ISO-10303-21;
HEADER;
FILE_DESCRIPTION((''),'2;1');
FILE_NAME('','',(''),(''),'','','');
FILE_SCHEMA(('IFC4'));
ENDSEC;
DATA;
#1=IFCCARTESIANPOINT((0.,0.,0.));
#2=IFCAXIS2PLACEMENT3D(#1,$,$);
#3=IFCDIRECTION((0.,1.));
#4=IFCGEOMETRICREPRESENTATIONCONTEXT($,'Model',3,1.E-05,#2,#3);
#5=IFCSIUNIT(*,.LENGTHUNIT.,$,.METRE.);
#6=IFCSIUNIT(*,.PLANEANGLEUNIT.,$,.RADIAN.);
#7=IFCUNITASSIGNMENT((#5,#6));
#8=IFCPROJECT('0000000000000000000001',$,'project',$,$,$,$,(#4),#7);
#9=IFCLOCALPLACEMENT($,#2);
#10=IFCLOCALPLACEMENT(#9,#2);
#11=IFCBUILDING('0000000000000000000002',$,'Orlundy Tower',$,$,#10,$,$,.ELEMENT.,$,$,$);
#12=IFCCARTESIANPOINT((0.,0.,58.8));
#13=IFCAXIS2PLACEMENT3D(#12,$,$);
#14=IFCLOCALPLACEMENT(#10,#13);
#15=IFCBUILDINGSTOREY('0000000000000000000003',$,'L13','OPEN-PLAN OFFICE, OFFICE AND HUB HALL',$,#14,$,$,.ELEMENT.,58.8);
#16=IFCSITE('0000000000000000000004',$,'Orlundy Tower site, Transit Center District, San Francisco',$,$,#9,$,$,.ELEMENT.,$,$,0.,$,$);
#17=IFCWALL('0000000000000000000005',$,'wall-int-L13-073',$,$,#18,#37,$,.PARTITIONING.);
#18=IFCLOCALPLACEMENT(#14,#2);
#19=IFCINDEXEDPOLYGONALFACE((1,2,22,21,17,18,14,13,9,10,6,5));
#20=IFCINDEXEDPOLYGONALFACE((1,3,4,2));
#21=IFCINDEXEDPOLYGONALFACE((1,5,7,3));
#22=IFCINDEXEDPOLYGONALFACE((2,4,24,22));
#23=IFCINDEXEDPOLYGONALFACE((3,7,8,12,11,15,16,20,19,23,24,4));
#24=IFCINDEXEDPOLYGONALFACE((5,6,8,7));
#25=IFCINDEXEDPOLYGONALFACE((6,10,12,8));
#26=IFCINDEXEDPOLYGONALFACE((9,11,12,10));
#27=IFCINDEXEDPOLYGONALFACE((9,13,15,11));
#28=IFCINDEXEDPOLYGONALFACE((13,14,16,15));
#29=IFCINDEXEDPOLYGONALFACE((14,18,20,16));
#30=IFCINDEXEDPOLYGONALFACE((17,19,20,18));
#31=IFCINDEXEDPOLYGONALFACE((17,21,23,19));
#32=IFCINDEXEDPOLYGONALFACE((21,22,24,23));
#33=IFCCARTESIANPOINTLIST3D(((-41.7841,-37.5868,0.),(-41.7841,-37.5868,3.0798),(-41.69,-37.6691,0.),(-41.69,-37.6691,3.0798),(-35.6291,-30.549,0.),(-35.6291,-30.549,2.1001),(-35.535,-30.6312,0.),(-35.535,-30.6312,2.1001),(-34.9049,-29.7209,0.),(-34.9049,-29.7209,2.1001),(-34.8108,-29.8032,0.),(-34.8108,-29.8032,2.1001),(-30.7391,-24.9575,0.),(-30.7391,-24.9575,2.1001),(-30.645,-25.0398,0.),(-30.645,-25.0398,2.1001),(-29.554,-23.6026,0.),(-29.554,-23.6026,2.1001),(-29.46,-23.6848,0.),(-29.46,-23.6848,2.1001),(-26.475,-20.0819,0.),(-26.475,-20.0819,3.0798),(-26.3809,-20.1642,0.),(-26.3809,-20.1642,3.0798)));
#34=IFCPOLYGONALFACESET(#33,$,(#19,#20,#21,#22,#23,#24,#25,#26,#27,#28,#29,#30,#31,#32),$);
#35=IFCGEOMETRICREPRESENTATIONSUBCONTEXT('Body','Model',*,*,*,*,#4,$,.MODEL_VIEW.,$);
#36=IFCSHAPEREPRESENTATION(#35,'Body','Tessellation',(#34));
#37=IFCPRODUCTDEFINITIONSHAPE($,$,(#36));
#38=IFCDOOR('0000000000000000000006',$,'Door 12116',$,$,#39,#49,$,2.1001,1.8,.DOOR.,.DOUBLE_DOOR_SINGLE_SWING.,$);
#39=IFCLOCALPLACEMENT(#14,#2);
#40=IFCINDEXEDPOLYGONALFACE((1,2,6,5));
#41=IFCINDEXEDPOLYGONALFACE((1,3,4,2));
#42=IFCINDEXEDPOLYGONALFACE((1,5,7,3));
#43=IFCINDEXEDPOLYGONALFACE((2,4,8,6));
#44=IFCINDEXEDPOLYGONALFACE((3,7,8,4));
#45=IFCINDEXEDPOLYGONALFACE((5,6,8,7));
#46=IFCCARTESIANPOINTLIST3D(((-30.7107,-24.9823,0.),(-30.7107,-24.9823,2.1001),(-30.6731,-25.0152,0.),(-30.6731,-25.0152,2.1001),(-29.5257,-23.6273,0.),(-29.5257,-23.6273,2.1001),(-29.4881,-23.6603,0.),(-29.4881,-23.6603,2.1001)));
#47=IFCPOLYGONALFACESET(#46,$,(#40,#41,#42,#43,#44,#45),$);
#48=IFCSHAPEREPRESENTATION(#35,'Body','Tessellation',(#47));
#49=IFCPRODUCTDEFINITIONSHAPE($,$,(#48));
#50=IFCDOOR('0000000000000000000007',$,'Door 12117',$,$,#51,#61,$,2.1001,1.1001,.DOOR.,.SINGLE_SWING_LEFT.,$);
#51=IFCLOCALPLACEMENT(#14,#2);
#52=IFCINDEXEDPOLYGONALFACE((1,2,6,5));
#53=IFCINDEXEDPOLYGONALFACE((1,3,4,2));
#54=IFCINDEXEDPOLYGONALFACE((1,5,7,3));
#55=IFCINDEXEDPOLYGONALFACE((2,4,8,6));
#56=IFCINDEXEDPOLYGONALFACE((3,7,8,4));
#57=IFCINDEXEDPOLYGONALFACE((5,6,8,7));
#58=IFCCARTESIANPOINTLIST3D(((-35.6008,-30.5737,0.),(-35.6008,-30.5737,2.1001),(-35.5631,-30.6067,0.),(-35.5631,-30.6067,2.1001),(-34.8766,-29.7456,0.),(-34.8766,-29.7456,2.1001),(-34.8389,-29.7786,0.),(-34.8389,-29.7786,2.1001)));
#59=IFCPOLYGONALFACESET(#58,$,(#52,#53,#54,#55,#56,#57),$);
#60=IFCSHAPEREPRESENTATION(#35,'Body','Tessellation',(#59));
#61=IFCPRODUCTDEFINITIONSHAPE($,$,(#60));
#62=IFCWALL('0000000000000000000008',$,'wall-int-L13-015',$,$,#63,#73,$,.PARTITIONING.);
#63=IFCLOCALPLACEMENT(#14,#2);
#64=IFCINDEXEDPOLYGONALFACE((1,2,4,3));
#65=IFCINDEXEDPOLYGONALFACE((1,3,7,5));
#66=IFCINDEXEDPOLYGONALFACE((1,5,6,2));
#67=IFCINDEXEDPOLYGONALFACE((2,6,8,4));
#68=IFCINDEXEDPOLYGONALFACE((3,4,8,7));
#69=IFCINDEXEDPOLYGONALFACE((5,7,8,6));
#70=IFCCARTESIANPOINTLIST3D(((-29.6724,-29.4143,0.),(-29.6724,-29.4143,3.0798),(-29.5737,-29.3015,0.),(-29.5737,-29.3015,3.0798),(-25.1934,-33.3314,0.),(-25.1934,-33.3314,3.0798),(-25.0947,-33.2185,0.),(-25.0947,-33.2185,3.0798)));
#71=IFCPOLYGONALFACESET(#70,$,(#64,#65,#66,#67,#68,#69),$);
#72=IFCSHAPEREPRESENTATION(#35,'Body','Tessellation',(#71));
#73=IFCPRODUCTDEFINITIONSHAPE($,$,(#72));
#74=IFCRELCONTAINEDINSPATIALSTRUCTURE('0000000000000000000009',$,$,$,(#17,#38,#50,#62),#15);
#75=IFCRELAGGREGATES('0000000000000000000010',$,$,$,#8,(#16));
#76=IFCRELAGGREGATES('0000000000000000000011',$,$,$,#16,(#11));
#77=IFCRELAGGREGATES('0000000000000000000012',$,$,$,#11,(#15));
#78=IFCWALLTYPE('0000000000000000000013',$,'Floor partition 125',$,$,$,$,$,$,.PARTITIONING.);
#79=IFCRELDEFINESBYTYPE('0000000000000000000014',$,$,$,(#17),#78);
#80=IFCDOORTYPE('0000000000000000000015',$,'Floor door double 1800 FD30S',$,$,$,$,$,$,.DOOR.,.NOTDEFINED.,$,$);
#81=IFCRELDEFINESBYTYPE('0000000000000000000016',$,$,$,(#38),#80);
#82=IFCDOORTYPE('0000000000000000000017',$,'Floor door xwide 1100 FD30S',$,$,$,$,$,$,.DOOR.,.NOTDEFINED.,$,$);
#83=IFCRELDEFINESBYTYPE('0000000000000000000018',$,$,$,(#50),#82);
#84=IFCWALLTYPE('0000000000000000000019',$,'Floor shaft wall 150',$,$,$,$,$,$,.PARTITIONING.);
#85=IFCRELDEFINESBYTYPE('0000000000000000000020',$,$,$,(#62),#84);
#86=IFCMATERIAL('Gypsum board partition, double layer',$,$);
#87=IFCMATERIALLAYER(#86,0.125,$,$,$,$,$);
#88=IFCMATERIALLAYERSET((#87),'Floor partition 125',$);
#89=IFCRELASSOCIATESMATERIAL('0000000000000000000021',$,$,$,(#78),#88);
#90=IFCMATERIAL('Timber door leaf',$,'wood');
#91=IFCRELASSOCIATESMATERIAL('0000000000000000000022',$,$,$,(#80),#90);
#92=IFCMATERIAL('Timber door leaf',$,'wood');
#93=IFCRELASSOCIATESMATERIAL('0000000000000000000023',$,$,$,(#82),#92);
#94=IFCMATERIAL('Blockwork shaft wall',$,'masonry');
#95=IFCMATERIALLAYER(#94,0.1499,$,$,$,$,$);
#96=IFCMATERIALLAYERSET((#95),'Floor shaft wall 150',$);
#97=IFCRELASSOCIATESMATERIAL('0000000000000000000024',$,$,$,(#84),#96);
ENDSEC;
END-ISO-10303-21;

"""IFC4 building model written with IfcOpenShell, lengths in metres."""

from ifc_helpers import new_model, si_unit, direction, frame, frame_2d, origin, place, context, subcontext, project, spatial, rectangle, extrude, material, layer, layer_set, type_object, element, fill, save


model = new_model("IFC4")

# Units and contexts
model_context = context("Model", 3, precision=1e-05, world=origin(), true_north=direction((0.0, 1.0)))
body_context = subcontext(model_context, "Body", "Model", "MODEL_VIEW")
ifc_project = project(units=[si_unit("LENGTHUNIT", "METRE"), si_unit("PLANEANGLEUNIT", "RADIAN")], contexts=[model_context])

# Site, building, storey
site_placement = place(None, origin())
site = spatial("IfcSite", under=ifc_project, at=site_placement, Name="Orlundy Tower site, Transit Center District, San Francisco", CompositionType="ELEMENT", RefElevation=0.0)
building_placement = place(site_placement, origin())
building = spatial("IfcBuilding", under=site, at=building_placement, Name="Orlundy Tower", CompositionType="ELEMENT")
storey_placement = place(building_placement, frame((0.0, 0.0, 58.8)))
storey = spatial("IfcBuildingStorey", under=building, at=storey_placement, Name="L13", Description="OPEN-PLAN OFFICE, OFFICE AND HUB HALL", CompositionType="ELEMENT", Elevation=58.8)

# Shared definitions
ifc_material_1 = material(Name="Gypsum board partition, double layer")
ifc_layer_1 = layer(ifc_material_1, 0.125)
ifc_layer_set_1 = layer_set([ifc_layer_1], Name="Floor partition 125")
wall_type_1 = type_object("IfcWallType", Name="Floor partition 125", PredefinedType="PARTITIONING", material=ifc_layer_set_1)

# Wall, openings, doors
wall_1_placement = place(storey_placement, frame((-41.7371, -37.6279, 0.0), z_axis=(0.0, 0.0, 1.0), x_axis=(0.658317, 0.752741, 0.0)))
wall_1 = element("IfcWall", 1, at=wall_1_placement, inside=storey, type_object=wall_type_1, Name="wall-int-L13-073", PredefinedType="PARTITIONING", context=body_context, shape_type="SweptSolid", body=[
    extrude(rectangle(XDim=23.2549, YDim=0.125, at=frame_2d((11.6274, 0.0))), origin(), (0.0, 0.0, 1.0), 3.0798),
])
opening_1_placement = place(wall_1_placement, frame((16.7778, 0.0, 0.0)))
opening_1 = element("IfcOpeningElement", 2, at=opening_1_placement, cuts=wall_1, PredefinedType="OPENING", context=body_context, shape_type="SweptSolid", body=[
    extrude(rectangle(XDim=1.8, YDim=2.1001, at=frame_2d((0.8999, 1.05))), frame((0.0, 0.0725, 0.0), z_axis=(0.0, -1.0, 0.0), x_axis=(1.0, 0.0, 0.0)), (0.0, 0.0, 1.0), 0.145),
])
opening_2_placement = place(wall_1_placement, frame((9.3496, 0.0, 0.0)))
opening_2 = element("IfcOpeningElement", 3, at=opening_2_placement, cuts=wall_1, PredefinedType="OPENING", context=body_context, shape_type="SweptSolid", body=[
    extrude(rectangle(XDim=1.1001, YDim=2.1001, at=frame_2d((0.55, 1.05))), frame((0.0, 0.0725, 0.0), z_axis=(0.0, -1.0, 0.0), x_axis=(1.0, 0.0, 0.0)), (0.0, 0.0, 1.0), 0.145),
])
ifc_material_2 = material(Name="Timber door leaf", Category="wood")
door_type_1 = type_object("IfcDoorType", Name="Floor door double 1800 FD30S", OperationType="NOTDEFINED", PredefinedType="DOOR", material=ifc_material_2)
door_1_placement = place(opening_1_placement, origin())
door_1 = element("IfcDoor", 4, at=door_1_placement, inside=storey, type_object=door_type_1, Name="Door 12116", OperationType="DOUBLE_DOOR_SINGLE_SWING", OverallHeight=2.1001, OverallWidth=1.8, PredefinedType="DOOR", context=body_context, shape_type="SweptSolid", body=[
    extrude(rectangle(XDim=1.8, YDim=2.1001, at=frame_2d((0.8999, 1.05))), frame((0.0, 0.0249, 0.0), z_axis=(0.0, -1.0, 0.0), x_axis=(1.0, 0.0, 0.0)), (0.0, 0.0, 1.0), 0.05),
])
fill(opening_1, door_1)
ifc_material_3 = material(Name="Timber door leaf", Category="wood")
door_type_2 = type_object("IfcDoorType", Name="Floor door xwide 1100 FD30S", OperationType="NOTDEFINED", PredefinedType="DOOR", material=ifc_material_3)
door_2_placement = place(opening_2_placement, origin())
door_2 = element("IfcDoor", 5, at=door_2_placement, inside=storey, type_object=door_type_2, Name="Door 12117", OperationType="SINGLE_SWING_LEFT", OverallHeight=2.1001, OverallWidth=1.1001, PredefinedType="DOOR", context=body_context, shape_type="SweptSolid", body=[
    extrude(rectangle(XDim=1.1001, YDim=2.1001, at=frame_2d((0.55, 1.05))), frame((0.0, 0.0249, 0.0), z_axis=(0.0, -1.0, 0.0), x_axis=(1.0, 0.0, 0.0)), (0.0, 0.0, 1.0), 0.05),
])
fill(opening_2, door_2)

# Wall
ifc_material_4 = material(Name="Blockwork shaft wall", Category="masonry")
ifc_layer_2 = layer(ifc_material_4, 0.1499)
ifc_layer_set_2 = layer_set([ifc_layer_2], Name="Floor shaft wall 150")
wall_type_2 = type_object("IfcWallType", Name="Floor shaft wall 150", PredefinedType="PARTITIONING", material=ifc_layer_set_2)
wall_2_placement = place(storey_placement, frame((-29.623, -29.3579, 0.0), z_axis=(0.0, 0.0, 1.0), x_axis=(0.752755, -0.658301, 0.0)))
element("IfcWall", 6, at=wall_2_placement, inside=storey, type_object=wall_type_2, Name="wall-int-L13-015", PredefinedType="PARTITIONING", context=body_context, shape_type="SweptSolid", body=[
    extrude(rectangle(XDim=5.9502, YDim=0.1499, at=frame_2d((2.9751, 0.0))), origin(), (0.0, 0.0, 1.0), 3.0798),
])

save(model, "model.ifc")
